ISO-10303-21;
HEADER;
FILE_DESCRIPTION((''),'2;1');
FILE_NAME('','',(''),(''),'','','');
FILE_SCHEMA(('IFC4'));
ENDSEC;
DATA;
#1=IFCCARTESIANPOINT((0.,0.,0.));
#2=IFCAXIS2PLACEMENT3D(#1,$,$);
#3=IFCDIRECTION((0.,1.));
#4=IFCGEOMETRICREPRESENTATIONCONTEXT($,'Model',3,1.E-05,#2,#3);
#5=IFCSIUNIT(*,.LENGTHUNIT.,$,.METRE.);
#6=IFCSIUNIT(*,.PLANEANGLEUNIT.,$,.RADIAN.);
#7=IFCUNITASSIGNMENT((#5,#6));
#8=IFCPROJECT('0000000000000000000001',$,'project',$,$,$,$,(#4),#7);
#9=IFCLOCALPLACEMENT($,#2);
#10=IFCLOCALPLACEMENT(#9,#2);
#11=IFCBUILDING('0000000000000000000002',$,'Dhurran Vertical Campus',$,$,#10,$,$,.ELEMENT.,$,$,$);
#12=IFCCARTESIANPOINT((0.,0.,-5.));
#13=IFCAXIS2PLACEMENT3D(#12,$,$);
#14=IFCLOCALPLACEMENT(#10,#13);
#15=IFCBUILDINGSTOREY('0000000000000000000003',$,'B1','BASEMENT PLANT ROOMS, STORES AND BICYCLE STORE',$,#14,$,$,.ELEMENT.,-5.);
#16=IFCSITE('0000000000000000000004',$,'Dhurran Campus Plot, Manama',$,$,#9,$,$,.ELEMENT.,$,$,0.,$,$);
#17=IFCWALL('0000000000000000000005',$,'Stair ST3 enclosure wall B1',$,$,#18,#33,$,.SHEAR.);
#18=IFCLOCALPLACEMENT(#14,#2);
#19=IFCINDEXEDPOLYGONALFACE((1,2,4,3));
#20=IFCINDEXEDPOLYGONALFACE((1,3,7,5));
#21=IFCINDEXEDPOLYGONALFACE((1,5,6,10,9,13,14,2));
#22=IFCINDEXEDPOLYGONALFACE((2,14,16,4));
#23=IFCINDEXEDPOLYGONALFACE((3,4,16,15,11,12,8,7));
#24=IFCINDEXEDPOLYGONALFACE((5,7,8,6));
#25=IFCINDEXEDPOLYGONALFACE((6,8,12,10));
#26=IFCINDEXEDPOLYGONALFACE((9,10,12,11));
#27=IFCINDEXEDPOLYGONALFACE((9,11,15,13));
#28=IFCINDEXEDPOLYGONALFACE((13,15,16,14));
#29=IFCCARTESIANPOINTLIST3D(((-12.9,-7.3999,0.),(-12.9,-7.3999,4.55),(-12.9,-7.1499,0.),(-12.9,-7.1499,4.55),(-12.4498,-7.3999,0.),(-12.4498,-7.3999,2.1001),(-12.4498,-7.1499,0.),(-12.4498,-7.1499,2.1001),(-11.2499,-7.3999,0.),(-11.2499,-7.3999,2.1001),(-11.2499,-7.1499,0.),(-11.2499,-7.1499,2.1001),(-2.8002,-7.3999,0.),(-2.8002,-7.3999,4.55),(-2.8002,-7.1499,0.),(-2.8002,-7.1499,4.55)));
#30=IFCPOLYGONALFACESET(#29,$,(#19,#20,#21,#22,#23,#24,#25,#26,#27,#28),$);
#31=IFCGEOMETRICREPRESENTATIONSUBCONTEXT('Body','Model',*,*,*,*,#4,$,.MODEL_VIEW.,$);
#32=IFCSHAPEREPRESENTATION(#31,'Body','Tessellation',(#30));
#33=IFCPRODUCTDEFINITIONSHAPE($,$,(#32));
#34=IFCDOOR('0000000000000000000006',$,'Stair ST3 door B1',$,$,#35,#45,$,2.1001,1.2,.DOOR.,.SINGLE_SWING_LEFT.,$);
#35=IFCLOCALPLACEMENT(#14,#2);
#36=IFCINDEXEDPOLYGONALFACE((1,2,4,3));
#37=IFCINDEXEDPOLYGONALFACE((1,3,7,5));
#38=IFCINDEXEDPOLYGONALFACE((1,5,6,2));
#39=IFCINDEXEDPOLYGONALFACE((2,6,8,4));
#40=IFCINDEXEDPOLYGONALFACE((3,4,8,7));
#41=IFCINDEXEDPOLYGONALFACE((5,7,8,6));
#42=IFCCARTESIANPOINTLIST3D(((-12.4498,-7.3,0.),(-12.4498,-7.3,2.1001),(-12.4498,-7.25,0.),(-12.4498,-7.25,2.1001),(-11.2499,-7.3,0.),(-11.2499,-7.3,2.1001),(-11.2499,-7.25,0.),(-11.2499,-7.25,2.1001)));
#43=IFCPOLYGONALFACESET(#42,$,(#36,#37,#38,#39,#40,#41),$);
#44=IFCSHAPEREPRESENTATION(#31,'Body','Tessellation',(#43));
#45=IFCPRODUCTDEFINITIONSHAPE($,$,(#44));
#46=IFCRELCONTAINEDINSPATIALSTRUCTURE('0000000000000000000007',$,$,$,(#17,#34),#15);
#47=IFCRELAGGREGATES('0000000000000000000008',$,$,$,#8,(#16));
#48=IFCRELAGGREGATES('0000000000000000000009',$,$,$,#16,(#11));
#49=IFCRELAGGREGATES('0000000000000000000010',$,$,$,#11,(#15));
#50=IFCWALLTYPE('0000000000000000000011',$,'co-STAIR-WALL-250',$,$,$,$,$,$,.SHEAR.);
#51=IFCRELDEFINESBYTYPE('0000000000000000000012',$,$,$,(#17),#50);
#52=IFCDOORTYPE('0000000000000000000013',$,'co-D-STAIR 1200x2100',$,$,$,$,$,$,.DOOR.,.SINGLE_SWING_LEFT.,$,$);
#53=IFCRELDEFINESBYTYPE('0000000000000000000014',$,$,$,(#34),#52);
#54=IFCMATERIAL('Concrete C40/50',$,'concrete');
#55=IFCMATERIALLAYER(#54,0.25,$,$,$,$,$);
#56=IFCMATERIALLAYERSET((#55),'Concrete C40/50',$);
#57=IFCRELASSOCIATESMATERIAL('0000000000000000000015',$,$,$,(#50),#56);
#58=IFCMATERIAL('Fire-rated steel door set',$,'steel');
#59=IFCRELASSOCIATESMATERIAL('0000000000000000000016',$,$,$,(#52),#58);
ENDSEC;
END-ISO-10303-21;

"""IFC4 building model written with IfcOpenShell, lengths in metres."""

from ifc_helpers import new_model, si_unit, direction, frame, frame_2d, origin, place, context, subcontext, project, spatial, rectangle, extrude, material, layer, layer_set, type_object, element, fill, save


model = new_model("IFC4")

# Units and contexts
model_context = context("Model", 3, precision=1e-05, world=origin(), true_north=direction((0.0, 1.0)))
body_context = subcontext(model_context, "Body", "Model", "MODEL_VIEW")
ifc_project = project(units=[si_unit("LENGTHUNIT", "METRE"), si_unit("PLANEANGLEUNIT", "RADIAN")], contexts=[model_context])

# Site, building, storey
site_placement = place(None, origin())
site = spatial("IfcSite", under=ifc_project, at=site_placement, Name="Dhurran Campus Plot, Manama", CompositionType="ELEMENT", RefElevation=0.0)
building_placement = place(site_placement, origin())
building = spatial("IfcBuilding", under=site, at=building_placement, Name="Dhurran Vertical Campus", CompositionType="ELEMENT")
storey_placement = place(building_placement, frame((0.0, 0.0, -5.0)))
storey = spatial("IfcBuildingStorey", under=building, at=storey_placement, Name="B1", Description="BASEMENT PLANT ROOMS, STORES AND BICYCLE STORE", CompositionType="ELEMENT", Elevation=-5.0)

# Wall, opening, door
ifc_material_1 = material(Name="Concrete C40/50", Category="concrete")
ifc_layer_1 = layer(ifc_material_1, 0.25)
ifc_layer_set_1 = layer_set([ifc_layer_1], Name="Concrete C40/50")
wall_type_1 = type_object("IfcWallType", Name="co-STAIR-WALL-250", PredefinedType="SHEAR", material=ifc_layer_set_1)
wall_1_placement = place(storey_placement, frame((-12.8999, -7.2749, 0.0), z_axis=(0.0, 0.0, 1.0), x_axis=(1.0, 0.0, 0.0)))
wall_1 = element("IfcWall", 1, at=wall_1_placement, inside=storey, type_object=wall_type_1, Name="Stair ST3 enclosure wall B1", PredefinedType="SHEAR", context=body_context, shape_type="SweptSolid", body=[
    extrude(rectangle(XDim=10.0999, YDim=0.25, at=frame_2d((5.0498, 0.0))), origin(), (0.0, 0.0, 1.0), 4.55),
])
opening_1_placement = place(wall_1_placement, frame((0.45, 0.0, 0.0)))
opening_1 = element("IfcOpeningElement", 2, at=opening_1_placement, cuts=wall_1, PredefinedType="OPENING", context=body_context, shape_type="SweptSolid", body=[
    extrude(rectangle(XDim=1.2, YDim=2.1001, at=frame_2d((0.6001, 1.05))), frame((0.0, 0.135, 0.0), z_axis=(0.0, -1.0, 0.0), x_axis=(1.0, 0.0, 0.0)), (0.0, 0.0, 1.0), 0.27),
])
ifc_material_2 = material(Name="Fire-rated steel door set", Category="steel")
door_type_1 = type_object("IfcDoorType", Name="co-D-STAIR 1200x2100", OperationType="SINGLE_SWING_LEFT", PredefinedType="DOOR", material=ifc_material_2)
door_1_placement = place(opening_1_placement, origin())
door_1 = element("IfcDoor", 3, at=door_1_placement, inside=storey, type_object=door_type_1, Name="Stair ST3 door B1", OperationType="SINGLE_SWING_LEFT", OverallHeight=2.1001, OverallWidth=1.2, PredefinedType="DOOR", context=body_context, shape_type="SweptSolid", body=[
    extrude(rectangle(XDim=1.2, YDim=2.1001, at=frame_2d((0.6001, 1.05))), frame((0.0, 0.0249, 0.0), z_axis=(0.0, -1.0, 0.0), x_axis=(1.0, 0.0, 0.0)), (0.0, 0.0, 1.0), 0.05),
])
fill(opening_1, door_1)

save(model, "model.ifc")
